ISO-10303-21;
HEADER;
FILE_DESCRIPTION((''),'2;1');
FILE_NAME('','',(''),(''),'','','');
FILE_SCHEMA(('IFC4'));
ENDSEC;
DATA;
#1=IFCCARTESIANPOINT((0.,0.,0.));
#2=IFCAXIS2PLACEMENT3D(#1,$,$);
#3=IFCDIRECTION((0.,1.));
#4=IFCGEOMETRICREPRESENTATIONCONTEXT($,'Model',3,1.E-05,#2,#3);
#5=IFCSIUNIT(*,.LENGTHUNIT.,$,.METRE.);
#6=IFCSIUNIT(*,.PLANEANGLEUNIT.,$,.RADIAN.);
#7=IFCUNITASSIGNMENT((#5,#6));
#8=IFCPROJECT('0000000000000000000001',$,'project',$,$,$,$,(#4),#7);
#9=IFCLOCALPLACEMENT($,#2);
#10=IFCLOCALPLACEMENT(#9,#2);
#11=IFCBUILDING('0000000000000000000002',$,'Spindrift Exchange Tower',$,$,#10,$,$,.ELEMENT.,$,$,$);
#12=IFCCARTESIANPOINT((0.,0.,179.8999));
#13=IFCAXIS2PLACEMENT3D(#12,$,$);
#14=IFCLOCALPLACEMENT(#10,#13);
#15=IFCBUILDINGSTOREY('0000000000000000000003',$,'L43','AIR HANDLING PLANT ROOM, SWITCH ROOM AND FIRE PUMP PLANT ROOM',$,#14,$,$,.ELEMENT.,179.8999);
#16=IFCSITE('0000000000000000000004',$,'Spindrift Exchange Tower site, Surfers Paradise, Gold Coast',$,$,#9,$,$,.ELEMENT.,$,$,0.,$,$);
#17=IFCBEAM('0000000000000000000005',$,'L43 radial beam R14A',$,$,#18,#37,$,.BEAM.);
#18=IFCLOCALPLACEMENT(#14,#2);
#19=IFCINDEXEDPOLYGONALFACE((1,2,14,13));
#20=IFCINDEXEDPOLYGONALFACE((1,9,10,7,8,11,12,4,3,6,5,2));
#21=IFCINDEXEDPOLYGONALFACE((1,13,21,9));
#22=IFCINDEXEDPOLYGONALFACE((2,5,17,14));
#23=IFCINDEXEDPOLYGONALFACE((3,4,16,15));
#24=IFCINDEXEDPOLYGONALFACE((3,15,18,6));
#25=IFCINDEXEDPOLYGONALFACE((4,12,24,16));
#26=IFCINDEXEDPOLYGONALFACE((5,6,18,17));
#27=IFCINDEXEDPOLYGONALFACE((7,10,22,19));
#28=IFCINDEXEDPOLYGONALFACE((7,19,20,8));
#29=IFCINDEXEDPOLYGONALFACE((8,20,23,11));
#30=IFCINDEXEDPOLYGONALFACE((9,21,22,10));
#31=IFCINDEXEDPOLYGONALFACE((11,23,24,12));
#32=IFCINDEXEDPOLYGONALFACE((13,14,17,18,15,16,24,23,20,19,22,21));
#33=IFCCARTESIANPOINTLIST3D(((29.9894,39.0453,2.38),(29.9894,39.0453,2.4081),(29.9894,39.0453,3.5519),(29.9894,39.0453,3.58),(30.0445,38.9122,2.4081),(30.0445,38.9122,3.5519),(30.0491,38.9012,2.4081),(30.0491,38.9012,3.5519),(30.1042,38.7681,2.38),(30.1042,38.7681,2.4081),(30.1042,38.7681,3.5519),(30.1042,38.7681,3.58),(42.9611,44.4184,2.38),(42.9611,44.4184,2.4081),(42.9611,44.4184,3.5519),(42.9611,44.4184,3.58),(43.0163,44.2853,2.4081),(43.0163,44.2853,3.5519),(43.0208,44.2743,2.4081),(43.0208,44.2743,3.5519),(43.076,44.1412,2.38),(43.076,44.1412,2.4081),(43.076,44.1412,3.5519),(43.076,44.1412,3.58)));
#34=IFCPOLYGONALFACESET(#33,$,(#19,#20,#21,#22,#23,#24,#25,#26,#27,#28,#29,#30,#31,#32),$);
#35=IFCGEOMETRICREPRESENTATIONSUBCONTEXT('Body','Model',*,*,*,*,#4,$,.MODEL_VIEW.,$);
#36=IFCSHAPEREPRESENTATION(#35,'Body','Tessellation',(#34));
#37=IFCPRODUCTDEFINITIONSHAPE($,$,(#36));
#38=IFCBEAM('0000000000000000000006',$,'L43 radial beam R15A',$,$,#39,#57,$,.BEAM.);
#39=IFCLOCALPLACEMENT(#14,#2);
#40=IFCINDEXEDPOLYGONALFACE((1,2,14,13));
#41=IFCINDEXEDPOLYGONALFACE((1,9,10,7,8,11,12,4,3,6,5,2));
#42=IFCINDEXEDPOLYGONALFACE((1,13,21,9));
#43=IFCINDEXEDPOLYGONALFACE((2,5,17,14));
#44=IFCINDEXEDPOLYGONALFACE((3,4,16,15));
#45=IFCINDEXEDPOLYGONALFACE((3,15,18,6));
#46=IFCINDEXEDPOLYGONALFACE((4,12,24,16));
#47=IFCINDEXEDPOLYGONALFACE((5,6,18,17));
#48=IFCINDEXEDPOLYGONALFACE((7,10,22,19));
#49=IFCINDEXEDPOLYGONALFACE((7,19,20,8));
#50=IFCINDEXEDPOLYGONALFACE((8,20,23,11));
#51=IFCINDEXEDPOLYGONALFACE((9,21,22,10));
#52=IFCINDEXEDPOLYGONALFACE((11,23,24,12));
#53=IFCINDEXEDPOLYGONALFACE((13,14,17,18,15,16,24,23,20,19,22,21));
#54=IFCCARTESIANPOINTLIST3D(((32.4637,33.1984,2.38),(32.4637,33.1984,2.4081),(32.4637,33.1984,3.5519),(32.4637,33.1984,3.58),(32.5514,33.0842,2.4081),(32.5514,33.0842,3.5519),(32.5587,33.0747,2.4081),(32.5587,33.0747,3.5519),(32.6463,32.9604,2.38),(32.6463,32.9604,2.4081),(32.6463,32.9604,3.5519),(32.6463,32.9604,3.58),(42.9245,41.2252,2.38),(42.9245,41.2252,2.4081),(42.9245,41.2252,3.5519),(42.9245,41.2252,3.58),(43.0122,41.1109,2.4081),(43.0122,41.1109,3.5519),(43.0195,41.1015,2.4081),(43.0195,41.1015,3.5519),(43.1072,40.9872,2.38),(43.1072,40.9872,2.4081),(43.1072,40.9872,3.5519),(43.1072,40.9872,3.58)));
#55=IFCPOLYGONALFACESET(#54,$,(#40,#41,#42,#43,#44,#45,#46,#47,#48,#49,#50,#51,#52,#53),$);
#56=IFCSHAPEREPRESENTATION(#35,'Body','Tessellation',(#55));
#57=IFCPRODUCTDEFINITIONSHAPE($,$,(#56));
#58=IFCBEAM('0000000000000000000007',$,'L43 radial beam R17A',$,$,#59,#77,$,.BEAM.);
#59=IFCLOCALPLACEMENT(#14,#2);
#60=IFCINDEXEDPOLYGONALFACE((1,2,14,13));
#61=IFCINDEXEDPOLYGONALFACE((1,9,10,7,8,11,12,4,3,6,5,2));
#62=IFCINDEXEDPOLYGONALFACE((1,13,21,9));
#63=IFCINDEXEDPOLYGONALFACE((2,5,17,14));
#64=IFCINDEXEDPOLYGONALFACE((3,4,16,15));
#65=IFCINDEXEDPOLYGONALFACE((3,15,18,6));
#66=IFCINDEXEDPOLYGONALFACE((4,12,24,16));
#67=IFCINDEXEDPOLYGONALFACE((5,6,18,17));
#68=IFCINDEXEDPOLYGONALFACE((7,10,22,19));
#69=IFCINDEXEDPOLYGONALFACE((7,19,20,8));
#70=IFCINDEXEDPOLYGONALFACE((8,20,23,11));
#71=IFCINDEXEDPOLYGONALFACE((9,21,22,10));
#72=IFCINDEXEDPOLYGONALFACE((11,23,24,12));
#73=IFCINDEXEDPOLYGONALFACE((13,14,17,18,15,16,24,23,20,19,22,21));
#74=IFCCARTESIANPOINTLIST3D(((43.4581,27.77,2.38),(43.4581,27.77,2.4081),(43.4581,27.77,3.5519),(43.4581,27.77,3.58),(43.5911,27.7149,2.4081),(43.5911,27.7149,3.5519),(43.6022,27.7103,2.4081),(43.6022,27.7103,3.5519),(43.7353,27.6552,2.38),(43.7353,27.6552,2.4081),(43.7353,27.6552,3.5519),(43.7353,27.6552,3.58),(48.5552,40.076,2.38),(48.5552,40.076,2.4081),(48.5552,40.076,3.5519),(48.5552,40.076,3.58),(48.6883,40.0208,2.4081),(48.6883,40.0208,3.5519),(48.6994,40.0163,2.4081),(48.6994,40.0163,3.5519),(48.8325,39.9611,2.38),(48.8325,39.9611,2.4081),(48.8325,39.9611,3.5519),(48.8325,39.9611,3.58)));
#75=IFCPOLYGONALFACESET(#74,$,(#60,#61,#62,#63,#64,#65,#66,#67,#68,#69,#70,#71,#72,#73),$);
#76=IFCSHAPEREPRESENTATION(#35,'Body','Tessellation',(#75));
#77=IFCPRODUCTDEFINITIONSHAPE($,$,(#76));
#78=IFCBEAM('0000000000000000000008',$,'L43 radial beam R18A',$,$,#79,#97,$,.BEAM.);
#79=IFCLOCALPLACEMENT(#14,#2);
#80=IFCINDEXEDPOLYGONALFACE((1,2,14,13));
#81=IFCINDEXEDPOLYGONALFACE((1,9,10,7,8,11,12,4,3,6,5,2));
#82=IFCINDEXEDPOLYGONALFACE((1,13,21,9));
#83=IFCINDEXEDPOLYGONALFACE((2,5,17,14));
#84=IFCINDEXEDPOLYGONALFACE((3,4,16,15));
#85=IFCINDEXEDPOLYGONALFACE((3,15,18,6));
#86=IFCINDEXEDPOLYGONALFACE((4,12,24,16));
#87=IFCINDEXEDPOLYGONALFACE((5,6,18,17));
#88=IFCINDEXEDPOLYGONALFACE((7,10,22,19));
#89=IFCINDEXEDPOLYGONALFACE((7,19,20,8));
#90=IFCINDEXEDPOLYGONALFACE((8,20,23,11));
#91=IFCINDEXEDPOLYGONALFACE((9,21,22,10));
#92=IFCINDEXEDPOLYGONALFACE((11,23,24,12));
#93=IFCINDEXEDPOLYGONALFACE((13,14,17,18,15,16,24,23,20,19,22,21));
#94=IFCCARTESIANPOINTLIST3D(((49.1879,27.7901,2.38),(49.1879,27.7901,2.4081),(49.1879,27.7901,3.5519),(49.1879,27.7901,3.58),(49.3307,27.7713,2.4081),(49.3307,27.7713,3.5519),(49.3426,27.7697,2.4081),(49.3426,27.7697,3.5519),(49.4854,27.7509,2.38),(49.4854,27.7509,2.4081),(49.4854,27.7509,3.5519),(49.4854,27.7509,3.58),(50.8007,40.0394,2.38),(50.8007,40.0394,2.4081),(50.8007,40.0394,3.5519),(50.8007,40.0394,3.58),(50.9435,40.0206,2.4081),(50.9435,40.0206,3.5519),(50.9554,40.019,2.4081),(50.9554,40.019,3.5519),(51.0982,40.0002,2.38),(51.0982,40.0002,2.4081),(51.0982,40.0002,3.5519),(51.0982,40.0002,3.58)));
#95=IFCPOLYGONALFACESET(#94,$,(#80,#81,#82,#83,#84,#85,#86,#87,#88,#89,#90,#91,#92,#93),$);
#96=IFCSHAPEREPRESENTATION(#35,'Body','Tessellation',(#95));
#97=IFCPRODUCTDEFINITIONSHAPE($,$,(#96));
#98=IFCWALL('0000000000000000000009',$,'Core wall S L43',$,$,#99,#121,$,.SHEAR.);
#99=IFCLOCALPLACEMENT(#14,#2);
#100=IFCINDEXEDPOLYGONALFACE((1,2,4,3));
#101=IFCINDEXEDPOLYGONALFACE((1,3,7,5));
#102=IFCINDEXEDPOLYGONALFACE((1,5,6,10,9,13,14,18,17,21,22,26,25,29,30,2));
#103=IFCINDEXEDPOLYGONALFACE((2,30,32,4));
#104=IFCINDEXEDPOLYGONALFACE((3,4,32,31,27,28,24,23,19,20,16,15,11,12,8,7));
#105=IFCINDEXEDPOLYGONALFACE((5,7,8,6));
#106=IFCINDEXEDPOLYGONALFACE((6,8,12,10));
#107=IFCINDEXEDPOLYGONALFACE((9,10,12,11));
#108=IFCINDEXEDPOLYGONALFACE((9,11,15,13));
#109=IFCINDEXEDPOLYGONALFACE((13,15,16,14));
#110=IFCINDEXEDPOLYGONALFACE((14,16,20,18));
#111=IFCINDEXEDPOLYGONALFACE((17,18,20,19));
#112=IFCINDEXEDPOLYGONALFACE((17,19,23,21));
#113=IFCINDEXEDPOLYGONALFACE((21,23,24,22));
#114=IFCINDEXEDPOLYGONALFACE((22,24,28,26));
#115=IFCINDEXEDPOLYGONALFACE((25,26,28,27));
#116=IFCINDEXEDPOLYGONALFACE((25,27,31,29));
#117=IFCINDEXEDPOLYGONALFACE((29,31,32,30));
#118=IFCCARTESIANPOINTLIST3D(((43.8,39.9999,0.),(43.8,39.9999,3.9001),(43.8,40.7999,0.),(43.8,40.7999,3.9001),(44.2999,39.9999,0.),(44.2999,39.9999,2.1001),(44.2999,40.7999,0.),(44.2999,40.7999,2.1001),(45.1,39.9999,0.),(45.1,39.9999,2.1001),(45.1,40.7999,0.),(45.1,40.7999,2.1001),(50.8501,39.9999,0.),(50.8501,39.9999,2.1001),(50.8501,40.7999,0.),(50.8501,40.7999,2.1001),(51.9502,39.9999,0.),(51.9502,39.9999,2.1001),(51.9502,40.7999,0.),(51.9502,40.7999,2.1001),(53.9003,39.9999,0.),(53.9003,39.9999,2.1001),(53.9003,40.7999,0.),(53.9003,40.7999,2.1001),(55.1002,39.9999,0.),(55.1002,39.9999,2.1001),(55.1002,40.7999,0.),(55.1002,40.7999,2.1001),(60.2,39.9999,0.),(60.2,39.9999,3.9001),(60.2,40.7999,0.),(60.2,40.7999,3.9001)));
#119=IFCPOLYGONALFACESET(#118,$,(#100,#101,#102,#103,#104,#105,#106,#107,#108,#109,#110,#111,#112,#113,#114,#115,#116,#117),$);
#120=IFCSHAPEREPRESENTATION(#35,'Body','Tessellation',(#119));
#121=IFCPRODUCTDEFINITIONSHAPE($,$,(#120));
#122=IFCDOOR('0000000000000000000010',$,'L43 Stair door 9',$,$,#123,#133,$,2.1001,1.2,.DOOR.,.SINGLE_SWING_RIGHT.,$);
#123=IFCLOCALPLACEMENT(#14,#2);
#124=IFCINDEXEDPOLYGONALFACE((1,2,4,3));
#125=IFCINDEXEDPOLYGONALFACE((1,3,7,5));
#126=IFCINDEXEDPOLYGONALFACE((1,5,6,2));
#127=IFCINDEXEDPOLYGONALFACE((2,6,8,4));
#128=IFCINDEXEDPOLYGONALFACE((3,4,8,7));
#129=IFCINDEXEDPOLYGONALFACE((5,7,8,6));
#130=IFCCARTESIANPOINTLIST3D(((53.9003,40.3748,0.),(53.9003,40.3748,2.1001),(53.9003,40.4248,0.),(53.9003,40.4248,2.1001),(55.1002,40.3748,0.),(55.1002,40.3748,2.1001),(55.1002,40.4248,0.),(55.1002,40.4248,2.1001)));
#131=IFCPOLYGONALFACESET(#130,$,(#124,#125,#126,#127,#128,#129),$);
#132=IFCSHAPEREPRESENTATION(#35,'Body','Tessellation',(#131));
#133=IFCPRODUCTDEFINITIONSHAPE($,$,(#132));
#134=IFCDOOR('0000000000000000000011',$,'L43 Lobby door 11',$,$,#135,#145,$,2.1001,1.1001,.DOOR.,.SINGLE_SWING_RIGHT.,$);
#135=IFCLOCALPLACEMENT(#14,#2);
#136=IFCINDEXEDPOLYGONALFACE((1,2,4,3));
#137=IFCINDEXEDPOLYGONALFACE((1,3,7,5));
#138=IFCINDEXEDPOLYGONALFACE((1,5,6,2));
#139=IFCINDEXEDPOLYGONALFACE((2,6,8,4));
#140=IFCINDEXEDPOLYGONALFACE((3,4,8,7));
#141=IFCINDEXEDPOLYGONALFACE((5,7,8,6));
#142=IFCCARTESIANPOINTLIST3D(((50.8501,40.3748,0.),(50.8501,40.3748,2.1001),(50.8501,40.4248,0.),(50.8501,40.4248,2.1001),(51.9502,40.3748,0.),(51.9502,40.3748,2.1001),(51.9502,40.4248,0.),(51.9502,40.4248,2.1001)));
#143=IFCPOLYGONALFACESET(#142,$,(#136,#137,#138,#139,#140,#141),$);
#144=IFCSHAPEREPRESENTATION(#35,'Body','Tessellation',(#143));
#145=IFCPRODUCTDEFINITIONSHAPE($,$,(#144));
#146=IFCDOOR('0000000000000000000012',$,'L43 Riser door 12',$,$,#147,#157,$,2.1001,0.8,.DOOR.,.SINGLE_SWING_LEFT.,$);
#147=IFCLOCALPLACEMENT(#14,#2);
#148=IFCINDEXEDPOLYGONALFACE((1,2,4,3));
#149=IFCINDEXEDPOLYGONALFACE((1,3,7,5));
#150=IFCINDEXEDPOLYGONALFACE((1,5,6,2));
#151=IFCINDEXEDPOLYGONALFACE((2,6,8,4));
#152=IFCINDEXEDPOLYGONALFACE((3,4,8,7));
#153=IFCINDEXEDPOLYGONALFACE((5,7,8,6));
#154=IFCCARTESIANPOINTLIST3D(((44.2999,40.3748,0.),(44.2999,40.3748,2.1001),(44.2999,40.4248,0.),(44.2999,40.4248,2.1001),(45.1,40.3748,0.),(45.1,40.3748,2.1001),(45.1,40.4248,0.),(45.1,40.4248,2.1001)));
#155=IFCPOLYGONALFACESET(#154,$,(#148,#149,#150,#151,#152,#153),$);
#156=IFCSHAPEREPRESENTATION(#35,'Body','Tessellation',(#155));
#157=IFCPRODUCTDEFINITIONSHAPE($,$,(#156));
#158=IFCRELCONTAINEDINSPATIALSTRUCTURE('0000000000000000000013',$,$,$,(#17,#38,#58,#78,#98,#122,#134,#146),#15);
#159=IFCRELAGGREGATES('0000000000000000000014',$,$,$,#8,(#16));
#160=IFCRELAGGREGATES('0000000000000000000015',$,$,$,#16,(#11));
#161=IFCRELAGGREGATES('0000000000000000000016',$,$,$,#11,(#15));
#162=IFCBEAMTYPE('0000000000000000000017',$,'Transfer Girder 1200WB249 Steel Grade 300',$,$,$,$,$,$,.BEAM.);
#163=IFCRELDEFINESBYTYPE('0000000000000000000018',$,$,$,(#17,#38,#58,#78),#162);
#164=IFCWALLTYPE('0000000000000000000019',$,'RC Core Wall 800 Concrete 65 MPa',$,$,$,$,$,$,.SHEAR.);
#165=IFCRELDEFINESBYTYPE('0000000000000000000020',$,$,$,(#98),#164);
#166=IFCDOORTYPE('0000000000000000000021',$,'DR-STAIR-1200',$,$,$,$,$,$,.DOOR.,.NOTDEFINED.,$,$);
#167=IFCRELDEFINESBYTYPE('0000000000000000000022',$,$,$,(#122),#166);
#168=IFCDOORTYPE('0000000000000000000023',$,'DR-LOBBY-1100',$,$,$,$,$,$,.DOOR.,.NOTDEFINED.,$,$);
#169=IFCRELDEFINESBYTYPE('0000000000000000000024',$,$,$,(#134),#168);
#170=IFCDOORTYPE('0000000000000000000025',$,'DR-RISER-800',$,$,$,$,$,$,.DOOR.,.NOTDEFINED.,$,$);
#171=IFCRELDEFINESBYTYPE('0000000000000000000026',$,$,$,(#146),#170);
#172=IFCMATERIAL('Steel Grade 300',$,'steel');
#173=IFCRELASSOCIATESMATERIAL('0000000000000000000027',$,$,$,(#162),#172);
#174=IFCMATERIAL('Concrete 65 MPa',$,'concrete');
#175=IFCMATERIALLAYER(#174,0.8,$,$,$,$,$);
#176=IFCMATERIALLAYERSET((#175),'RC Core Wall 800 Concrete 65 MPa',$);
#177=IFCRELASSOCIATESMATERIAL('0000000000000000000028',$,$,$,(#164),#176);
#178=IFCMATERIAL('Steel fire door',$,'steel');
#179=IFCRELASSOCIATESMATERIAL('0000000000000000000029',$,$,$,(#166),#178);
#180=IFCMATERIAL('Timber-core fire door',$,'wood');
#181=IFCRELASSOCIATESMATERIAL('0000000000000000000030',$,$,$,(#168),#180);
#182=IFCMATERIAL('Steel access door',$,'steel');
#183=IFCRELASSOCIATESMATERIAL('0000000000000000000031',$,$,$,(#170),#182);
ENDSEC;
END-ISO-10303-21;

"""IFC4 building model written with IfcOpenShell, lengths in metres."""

from ifc_helpers import new_model, si_unit, direction, frame, frame_2d, origin, origin_2d, place, context, subcontext, project, spatial, rectangle, i_section, extrude, source, transform, mapped, material, layer, layer_set, material_profile, profile_set, type_object, element, fill, save


model = new_model("IFC4")

# Units and contexts
model_context = context("Model", 3, precision=1e-05, world=origin(), true_north=direction((0.0, 1.0)))
body_context = subcontext(model_context, "Body", "Model", "MODEL_VIEW")
ifc_project = project(units=[si_unit("LENGTHUNIT", "METRE"), si_unit("PLANEANGLEUNIT", "RADIAN")], contexts=[model_context])

# Site, building, storey
site_placement = place(None, origin())
site = spatial("IfcSite", under=ifc_project, at=site_placement, Name="Spindrift Exchange Tower site, Surfers Paradise, Gold Coast", CompositionType="ELEMENT", RefElevation=0.0)
building_placement = place(site_placement, origin())
building = spatial("IfcBuilding", under=site, at=building_placement, Name="Spindrift Exchange Tower", CompositionType="ELEMENT")
storey_placement = place(building_placement, frame((0.0, 0.0, 179.8999)))
storey = spatial("IfcBuildingStorey", under=building, at=storey_placement, Name="L43", Description="AIR HANDLING PLANT ROOM, SWITCH ROOM AND FIRE PUMP PLANT ROOM", CompositionType="ELEMENT", Elevation=179.8999)

# Beams
ifc_material_1 = material(Name="Steel Grade 300", Category="steel")
ifc_material_profile = material_profile(ifc_material_1, i_section(OverallWidth=0.3, OverallDepth=1.2, WebThickness=0.012, FlangeThickness=0.0281, at=origin_2d()), Name="1200WB249")
ifc_profile_set = profile_set([ifc_material_profile], Name="Steel Grade 300")
beam_type = type_object("IfcBeamType", Name="Transfer Girder 1200WB249 Steel Grade 300", PredefinedType="BEAM", material=ifc_profile_set)
shared_shape_1 = source(origin(), body_context, "Body", "SweptSolid", [
    extrude(i_section(OverallWidth=0.3, OverallDepth=1.2, WebThickness=0.012, FlangeThickness=0.0281, at=origin_2d()), origin(), (0.0, 0.0, 1.0), 14.0405),
])
beam_1_placement = place(storey_placement, frame((43.0186, 44.2798, 2.98), z_axis=(-0.92388, -0.382684, 0.0), x_axis=(0.382684, -0.92388, 0.0)))
element("IfcBeam", 1, at=beam_1_placement, inside=storey, type_object=beam_type, Name="L43 radial beam R14A", PredefinedType="BEAM", context=body_context, shape_type="MappedRepresentation", body=[
    mapped(shared_shape_1, transform((0.0, 0.0, 0.0), scale=1.0)),
])
shared_shape_2 = source(origin(), body_context, "Body", "SweptSolid", [
    extrude(i_section(OverallWidth=0.3, OverallDepth=1.2, WebThickness=0.012, FlangeThickness=0.0281, at=origin_2d()), origin(), (0.0, 0.0, 1.0), 13.1855),
])
beam_2_placement = place(storey_placement, frame((43.0159, 41.1062, 2.98), z_axis=(-0.793357, -0.608756, 0.0), x_axis=(0.608756, -0.793357, 0.0)))
element("IfcBeam", 2, at=beam_2_placement, inside=storey, type_object=beam_type, Name="L43 radial beam R15A", PredefinedType="BEAM", context=body_context, shape_type="MappedRepresentation", body=[
    mapped(shared_shape_2, transform((0.0, 0.0, 0.0), scale=1.0)),
])
shared_shape_3 = source(origin(), body_context, "Body", "SweptSolid", [
    extrude(i_section(OverallWidth=0.3, OverallDepth=1.2, WebThickness=0.012, FlangeThickness=0.0281, at=origin_2d()), origin(), (0.0, 0.0, 1.0), 13.3198),
])
beam_3_placement = place(storey_placement, frame((48.6938, 40.0186, 2.98), z_axis=(-0.382677, -0.923882, 0.0), x_axis=(0.923882, -0.382677, 0.0)))
element("IfcBeam", 3, at=beam_3_placement, inside=storey, type_object=beam_type, Name="L43 radial beam R17A", PredefinedType="BEAM", context=body_context, shape_type="MappedRepresentation", body=[
    mapped(shared_shape_3, transform((0.0, 0.0, 0.0), scale=1.0)),
])
shared_shape_4 = source(origin(), body_context, "Body", "SweptSolid", [
    extrude(i_section(OverallWidth=0.3, OverallDepth=1.2, WebThickness=0.012, FlangeThickness=0.0281, at=origin_2d()), origin(), (0.0, 0.0, 1.0), 12.355),
])
beam_4_placement = place(storey_placement, frame((50.9495, 40.0198, 2.98), z_axis=(-0.130538, -0.991443, 0.0), x_axis=(0.991443, -0.130538, 0.0)))
element("IfcBeam", 4, at=beam_4_placement, inside=storey, type_object=beam_type, Name="L43 radial beam R18A", PredefinedType="BEAM", context=body_context, shape_type="MappedRepresentation", body=[
    mapped(shared_shape_4, transform((0.0, 0.0, 0.0), scale=1.0)),
])

# Wall, openings, doors
ifc_material_2 = material(Name="Concrete 65 MPa", Category="concrete")
ifc_layer_1 = layer(ifc_material_2, 0.8)
ifc_layer_set_1 = layer_set([ifc_layer_1], Name="RC Core Wall 800 Concrete 65 MPa")
wall_type_1 = type_object("IfcWallType", Name="RC Core Wall 800 Concrete 65 MPa", PredefinedType="SHEAR", material=ifc_layer_set_1)
wall_1_placement = place(storey_placement, frame((43.8, 40.3999, 0.0), z_axis=(0.0, 0.0, 1.0), x_axis=(1.0, 0.0, 0.0)))
wall_1 = element("IfcWall", 5, at=wall_1_placement, inside=storey, type_object=wall_type_1, Name="Core wall S L43", PredefinedType="SHEAR", context=body_context, shape_type="SweptSolid", body=[
    extrude(rectangle(XDim=16.3999, YDim=0.8, at=frame_2d((8.2, 0.0))), origin(), (0.0, 0.0, 1.0), 3.9001),
])
opening_1_placement = place(wall_1_placement, frame((10.1001, 0.0, 0.0)))
opening_1 = element("IfcOpeningElement", 6, at=opening_1_placement, cuts=wall_1, PredefinedType="OPENING", context=body_context, shape_type="SweptSolid", body=[
    extrude(rectangle(XDim=1.2, YDim=2.1001, at=frame_2d((0.6001, 1.05))), frame((0.0, 0.4099, 0.0), z_axis=(0.0, -1.0, 0.0), x_axis=(1.0, 0.0, 0.0)), (0.0, 0.0, 1.0), 0.8201),
])
opening_2_placement = place(wall_1_placement, frame((7.05, 0.0, 0.0)))
opening_2 = element("IfcOpeningElement", 7, at=opening_2_placement, cuts=wall_1, PredefinedType="OPENING", context=body_context, shape_type="SweptSolid", body=[
    extrude(rectangle(XDim=1.1001, YDim=2.1001, at=frame_2d((0.55, 1.05))), frame((0.0, 0.4099, 0.0), z_axis=(0.0, -1.0, 0.0), x_axis=(1.0, 0.0, 0.0)), (0.0, 0.0, 1.0), 0.8201),
])
opening_3_placement = place(wall_1_placement, frame((0.5, 0.0, 0.0)))
opening_3 = element("IfcOpeningElement", 8, at=opening_3_placement, cuts=wall_1, PredefinedType="OPENING", context=body_context, shape_type="SweptSolid", body=[
    extrude(rectangle(XDim=0.8, YDim=2.1001, at=frame_2d((0.3999, 1.05))), frame((0.0, 0.4099, 0.0), z_axis=(0.0, -1.0, 0.0), x_axis=(1.0, 0.0, 0.0)), (0.0, 0.0, 1.0), 0.8201),
])
ifc_material_3 = material(Name="Steel fire door", Category="steel")
door_type_1 = type_object("IfcDoorType", Name="DR-STAIR-1200", OperationType="NOTDEFINED", PredefinedType="DOOR", material=ifc_material_3)
shared_shape_5 = source(origin(), body_context, "Body", "SweptSolid", [
    extrude(rectangle(XDim=1.2, YDim=2.1001, at=frame_2d((0.6001, 1.05))), frame((0.0, 0.0249, 0.0), z_axis=(0.0, -1.0, 0.0), x_axis=(1.0, 0.0, 0.0)), (0.0, 0.0, 1.0), 0.05),
])
door_1_placement = place(opening_1_placement, origin())
door_1 = element("IfcDoor", 9, at=door_1_placement, inside=storey, type_object=door_type_1, Name="L43 Stair door 9", OperationType="SINGLE_SWING_RIGHT", OverallHeight=2.1001, OverallWidth=1.2, PredefinedType="DOOR", context=body_context, shape_type="MappedRepresentation", body=[
    mapped(shared_shape_5, transform((0.0, 0.0, 0.0), scale=1.0)),
])
fill(opening_1, door_1)
ifc_material_4 = material(Name="Timber-core fire door", Category="wood")
door_type_2 = type_object("IfcDoorType", Name="DR-LOBBY-1100", OperationType="NOTDEFINED", PredefinedType="DOOR", material=ifc_material_4)
shared_shape_6 = source(origin(), body_context, "Body", "SweptSolid", [
    extrude(rectangle(XDim=1.1001, YDim=2.1001, at=frame_2d((0.55, 1.05))), frame((0.0, 0.0249, 0.0), z_axis=(0.0, -1.0, 0.0), x_axis=(1.0, 0.0, 0.0)), (0.0, 0.0, 1.0), 0.05),
])
door_2_placement = place(opening_2_placement, origin())
door_2 = element("IfcDoor", 10, at=door_2_placement, inside=storey, type_object=door_type_2, Name="L43 Lobby door 11", OperationType="SINGLE_SWING_RIGHT", OverallHeight=2.1001, OverallWidth=1.1001, PredefinedType="DOOR", context=body_context, shape_type="MappedRepresentation", body=[
    mapped(shared_shape_6, transform((0.0, 0.0, 0.0), scale=1.0)),
])
fill(opening_2, door_2)
ifc_material_5 = material(Name="Steel access door", Category="steel")
door_type_3 = type_object("IfcDoorType", Name="DR-RISER-800", OperationType="NOTDEFINED", PredefinedType="DOOR", material=ifc_material_5)
shared_shape_7 = source(origin(), body_context, "Body", "SweptSolid", [
    extrude(rectangle(XDim=0.8, YDim=2.1001, at=frame_2d((0.3999, 1.05))), frame((0.0, 0.0249, 0.0), z_axis=(0.0, -1.0, 0.0), x_axis=(1.0, 0.0, 0.0)), (0.0, 0.0, 1.0), 0.05),
])
door_3_placement = place(opening_3_placement, origin())
door_3 = element("IfcDoor", 11, at=door_3_placement, inside=storey, type_object=door_type_3, Name="L43 Riser door 12", OperationType="SINGLE_SWING_LEFT", OverallHeight=2.1001, OverallWidth=0.8, PredefinedType="DOOR", context=body_context, shape_type="MappedRepresentation", body=[
    mapped(shared_shape_7, transform((0.0, 0.0, 0.0), scale=1.0)),
])
fill(opening_3, door_3)

save(model, "model.ifc")
